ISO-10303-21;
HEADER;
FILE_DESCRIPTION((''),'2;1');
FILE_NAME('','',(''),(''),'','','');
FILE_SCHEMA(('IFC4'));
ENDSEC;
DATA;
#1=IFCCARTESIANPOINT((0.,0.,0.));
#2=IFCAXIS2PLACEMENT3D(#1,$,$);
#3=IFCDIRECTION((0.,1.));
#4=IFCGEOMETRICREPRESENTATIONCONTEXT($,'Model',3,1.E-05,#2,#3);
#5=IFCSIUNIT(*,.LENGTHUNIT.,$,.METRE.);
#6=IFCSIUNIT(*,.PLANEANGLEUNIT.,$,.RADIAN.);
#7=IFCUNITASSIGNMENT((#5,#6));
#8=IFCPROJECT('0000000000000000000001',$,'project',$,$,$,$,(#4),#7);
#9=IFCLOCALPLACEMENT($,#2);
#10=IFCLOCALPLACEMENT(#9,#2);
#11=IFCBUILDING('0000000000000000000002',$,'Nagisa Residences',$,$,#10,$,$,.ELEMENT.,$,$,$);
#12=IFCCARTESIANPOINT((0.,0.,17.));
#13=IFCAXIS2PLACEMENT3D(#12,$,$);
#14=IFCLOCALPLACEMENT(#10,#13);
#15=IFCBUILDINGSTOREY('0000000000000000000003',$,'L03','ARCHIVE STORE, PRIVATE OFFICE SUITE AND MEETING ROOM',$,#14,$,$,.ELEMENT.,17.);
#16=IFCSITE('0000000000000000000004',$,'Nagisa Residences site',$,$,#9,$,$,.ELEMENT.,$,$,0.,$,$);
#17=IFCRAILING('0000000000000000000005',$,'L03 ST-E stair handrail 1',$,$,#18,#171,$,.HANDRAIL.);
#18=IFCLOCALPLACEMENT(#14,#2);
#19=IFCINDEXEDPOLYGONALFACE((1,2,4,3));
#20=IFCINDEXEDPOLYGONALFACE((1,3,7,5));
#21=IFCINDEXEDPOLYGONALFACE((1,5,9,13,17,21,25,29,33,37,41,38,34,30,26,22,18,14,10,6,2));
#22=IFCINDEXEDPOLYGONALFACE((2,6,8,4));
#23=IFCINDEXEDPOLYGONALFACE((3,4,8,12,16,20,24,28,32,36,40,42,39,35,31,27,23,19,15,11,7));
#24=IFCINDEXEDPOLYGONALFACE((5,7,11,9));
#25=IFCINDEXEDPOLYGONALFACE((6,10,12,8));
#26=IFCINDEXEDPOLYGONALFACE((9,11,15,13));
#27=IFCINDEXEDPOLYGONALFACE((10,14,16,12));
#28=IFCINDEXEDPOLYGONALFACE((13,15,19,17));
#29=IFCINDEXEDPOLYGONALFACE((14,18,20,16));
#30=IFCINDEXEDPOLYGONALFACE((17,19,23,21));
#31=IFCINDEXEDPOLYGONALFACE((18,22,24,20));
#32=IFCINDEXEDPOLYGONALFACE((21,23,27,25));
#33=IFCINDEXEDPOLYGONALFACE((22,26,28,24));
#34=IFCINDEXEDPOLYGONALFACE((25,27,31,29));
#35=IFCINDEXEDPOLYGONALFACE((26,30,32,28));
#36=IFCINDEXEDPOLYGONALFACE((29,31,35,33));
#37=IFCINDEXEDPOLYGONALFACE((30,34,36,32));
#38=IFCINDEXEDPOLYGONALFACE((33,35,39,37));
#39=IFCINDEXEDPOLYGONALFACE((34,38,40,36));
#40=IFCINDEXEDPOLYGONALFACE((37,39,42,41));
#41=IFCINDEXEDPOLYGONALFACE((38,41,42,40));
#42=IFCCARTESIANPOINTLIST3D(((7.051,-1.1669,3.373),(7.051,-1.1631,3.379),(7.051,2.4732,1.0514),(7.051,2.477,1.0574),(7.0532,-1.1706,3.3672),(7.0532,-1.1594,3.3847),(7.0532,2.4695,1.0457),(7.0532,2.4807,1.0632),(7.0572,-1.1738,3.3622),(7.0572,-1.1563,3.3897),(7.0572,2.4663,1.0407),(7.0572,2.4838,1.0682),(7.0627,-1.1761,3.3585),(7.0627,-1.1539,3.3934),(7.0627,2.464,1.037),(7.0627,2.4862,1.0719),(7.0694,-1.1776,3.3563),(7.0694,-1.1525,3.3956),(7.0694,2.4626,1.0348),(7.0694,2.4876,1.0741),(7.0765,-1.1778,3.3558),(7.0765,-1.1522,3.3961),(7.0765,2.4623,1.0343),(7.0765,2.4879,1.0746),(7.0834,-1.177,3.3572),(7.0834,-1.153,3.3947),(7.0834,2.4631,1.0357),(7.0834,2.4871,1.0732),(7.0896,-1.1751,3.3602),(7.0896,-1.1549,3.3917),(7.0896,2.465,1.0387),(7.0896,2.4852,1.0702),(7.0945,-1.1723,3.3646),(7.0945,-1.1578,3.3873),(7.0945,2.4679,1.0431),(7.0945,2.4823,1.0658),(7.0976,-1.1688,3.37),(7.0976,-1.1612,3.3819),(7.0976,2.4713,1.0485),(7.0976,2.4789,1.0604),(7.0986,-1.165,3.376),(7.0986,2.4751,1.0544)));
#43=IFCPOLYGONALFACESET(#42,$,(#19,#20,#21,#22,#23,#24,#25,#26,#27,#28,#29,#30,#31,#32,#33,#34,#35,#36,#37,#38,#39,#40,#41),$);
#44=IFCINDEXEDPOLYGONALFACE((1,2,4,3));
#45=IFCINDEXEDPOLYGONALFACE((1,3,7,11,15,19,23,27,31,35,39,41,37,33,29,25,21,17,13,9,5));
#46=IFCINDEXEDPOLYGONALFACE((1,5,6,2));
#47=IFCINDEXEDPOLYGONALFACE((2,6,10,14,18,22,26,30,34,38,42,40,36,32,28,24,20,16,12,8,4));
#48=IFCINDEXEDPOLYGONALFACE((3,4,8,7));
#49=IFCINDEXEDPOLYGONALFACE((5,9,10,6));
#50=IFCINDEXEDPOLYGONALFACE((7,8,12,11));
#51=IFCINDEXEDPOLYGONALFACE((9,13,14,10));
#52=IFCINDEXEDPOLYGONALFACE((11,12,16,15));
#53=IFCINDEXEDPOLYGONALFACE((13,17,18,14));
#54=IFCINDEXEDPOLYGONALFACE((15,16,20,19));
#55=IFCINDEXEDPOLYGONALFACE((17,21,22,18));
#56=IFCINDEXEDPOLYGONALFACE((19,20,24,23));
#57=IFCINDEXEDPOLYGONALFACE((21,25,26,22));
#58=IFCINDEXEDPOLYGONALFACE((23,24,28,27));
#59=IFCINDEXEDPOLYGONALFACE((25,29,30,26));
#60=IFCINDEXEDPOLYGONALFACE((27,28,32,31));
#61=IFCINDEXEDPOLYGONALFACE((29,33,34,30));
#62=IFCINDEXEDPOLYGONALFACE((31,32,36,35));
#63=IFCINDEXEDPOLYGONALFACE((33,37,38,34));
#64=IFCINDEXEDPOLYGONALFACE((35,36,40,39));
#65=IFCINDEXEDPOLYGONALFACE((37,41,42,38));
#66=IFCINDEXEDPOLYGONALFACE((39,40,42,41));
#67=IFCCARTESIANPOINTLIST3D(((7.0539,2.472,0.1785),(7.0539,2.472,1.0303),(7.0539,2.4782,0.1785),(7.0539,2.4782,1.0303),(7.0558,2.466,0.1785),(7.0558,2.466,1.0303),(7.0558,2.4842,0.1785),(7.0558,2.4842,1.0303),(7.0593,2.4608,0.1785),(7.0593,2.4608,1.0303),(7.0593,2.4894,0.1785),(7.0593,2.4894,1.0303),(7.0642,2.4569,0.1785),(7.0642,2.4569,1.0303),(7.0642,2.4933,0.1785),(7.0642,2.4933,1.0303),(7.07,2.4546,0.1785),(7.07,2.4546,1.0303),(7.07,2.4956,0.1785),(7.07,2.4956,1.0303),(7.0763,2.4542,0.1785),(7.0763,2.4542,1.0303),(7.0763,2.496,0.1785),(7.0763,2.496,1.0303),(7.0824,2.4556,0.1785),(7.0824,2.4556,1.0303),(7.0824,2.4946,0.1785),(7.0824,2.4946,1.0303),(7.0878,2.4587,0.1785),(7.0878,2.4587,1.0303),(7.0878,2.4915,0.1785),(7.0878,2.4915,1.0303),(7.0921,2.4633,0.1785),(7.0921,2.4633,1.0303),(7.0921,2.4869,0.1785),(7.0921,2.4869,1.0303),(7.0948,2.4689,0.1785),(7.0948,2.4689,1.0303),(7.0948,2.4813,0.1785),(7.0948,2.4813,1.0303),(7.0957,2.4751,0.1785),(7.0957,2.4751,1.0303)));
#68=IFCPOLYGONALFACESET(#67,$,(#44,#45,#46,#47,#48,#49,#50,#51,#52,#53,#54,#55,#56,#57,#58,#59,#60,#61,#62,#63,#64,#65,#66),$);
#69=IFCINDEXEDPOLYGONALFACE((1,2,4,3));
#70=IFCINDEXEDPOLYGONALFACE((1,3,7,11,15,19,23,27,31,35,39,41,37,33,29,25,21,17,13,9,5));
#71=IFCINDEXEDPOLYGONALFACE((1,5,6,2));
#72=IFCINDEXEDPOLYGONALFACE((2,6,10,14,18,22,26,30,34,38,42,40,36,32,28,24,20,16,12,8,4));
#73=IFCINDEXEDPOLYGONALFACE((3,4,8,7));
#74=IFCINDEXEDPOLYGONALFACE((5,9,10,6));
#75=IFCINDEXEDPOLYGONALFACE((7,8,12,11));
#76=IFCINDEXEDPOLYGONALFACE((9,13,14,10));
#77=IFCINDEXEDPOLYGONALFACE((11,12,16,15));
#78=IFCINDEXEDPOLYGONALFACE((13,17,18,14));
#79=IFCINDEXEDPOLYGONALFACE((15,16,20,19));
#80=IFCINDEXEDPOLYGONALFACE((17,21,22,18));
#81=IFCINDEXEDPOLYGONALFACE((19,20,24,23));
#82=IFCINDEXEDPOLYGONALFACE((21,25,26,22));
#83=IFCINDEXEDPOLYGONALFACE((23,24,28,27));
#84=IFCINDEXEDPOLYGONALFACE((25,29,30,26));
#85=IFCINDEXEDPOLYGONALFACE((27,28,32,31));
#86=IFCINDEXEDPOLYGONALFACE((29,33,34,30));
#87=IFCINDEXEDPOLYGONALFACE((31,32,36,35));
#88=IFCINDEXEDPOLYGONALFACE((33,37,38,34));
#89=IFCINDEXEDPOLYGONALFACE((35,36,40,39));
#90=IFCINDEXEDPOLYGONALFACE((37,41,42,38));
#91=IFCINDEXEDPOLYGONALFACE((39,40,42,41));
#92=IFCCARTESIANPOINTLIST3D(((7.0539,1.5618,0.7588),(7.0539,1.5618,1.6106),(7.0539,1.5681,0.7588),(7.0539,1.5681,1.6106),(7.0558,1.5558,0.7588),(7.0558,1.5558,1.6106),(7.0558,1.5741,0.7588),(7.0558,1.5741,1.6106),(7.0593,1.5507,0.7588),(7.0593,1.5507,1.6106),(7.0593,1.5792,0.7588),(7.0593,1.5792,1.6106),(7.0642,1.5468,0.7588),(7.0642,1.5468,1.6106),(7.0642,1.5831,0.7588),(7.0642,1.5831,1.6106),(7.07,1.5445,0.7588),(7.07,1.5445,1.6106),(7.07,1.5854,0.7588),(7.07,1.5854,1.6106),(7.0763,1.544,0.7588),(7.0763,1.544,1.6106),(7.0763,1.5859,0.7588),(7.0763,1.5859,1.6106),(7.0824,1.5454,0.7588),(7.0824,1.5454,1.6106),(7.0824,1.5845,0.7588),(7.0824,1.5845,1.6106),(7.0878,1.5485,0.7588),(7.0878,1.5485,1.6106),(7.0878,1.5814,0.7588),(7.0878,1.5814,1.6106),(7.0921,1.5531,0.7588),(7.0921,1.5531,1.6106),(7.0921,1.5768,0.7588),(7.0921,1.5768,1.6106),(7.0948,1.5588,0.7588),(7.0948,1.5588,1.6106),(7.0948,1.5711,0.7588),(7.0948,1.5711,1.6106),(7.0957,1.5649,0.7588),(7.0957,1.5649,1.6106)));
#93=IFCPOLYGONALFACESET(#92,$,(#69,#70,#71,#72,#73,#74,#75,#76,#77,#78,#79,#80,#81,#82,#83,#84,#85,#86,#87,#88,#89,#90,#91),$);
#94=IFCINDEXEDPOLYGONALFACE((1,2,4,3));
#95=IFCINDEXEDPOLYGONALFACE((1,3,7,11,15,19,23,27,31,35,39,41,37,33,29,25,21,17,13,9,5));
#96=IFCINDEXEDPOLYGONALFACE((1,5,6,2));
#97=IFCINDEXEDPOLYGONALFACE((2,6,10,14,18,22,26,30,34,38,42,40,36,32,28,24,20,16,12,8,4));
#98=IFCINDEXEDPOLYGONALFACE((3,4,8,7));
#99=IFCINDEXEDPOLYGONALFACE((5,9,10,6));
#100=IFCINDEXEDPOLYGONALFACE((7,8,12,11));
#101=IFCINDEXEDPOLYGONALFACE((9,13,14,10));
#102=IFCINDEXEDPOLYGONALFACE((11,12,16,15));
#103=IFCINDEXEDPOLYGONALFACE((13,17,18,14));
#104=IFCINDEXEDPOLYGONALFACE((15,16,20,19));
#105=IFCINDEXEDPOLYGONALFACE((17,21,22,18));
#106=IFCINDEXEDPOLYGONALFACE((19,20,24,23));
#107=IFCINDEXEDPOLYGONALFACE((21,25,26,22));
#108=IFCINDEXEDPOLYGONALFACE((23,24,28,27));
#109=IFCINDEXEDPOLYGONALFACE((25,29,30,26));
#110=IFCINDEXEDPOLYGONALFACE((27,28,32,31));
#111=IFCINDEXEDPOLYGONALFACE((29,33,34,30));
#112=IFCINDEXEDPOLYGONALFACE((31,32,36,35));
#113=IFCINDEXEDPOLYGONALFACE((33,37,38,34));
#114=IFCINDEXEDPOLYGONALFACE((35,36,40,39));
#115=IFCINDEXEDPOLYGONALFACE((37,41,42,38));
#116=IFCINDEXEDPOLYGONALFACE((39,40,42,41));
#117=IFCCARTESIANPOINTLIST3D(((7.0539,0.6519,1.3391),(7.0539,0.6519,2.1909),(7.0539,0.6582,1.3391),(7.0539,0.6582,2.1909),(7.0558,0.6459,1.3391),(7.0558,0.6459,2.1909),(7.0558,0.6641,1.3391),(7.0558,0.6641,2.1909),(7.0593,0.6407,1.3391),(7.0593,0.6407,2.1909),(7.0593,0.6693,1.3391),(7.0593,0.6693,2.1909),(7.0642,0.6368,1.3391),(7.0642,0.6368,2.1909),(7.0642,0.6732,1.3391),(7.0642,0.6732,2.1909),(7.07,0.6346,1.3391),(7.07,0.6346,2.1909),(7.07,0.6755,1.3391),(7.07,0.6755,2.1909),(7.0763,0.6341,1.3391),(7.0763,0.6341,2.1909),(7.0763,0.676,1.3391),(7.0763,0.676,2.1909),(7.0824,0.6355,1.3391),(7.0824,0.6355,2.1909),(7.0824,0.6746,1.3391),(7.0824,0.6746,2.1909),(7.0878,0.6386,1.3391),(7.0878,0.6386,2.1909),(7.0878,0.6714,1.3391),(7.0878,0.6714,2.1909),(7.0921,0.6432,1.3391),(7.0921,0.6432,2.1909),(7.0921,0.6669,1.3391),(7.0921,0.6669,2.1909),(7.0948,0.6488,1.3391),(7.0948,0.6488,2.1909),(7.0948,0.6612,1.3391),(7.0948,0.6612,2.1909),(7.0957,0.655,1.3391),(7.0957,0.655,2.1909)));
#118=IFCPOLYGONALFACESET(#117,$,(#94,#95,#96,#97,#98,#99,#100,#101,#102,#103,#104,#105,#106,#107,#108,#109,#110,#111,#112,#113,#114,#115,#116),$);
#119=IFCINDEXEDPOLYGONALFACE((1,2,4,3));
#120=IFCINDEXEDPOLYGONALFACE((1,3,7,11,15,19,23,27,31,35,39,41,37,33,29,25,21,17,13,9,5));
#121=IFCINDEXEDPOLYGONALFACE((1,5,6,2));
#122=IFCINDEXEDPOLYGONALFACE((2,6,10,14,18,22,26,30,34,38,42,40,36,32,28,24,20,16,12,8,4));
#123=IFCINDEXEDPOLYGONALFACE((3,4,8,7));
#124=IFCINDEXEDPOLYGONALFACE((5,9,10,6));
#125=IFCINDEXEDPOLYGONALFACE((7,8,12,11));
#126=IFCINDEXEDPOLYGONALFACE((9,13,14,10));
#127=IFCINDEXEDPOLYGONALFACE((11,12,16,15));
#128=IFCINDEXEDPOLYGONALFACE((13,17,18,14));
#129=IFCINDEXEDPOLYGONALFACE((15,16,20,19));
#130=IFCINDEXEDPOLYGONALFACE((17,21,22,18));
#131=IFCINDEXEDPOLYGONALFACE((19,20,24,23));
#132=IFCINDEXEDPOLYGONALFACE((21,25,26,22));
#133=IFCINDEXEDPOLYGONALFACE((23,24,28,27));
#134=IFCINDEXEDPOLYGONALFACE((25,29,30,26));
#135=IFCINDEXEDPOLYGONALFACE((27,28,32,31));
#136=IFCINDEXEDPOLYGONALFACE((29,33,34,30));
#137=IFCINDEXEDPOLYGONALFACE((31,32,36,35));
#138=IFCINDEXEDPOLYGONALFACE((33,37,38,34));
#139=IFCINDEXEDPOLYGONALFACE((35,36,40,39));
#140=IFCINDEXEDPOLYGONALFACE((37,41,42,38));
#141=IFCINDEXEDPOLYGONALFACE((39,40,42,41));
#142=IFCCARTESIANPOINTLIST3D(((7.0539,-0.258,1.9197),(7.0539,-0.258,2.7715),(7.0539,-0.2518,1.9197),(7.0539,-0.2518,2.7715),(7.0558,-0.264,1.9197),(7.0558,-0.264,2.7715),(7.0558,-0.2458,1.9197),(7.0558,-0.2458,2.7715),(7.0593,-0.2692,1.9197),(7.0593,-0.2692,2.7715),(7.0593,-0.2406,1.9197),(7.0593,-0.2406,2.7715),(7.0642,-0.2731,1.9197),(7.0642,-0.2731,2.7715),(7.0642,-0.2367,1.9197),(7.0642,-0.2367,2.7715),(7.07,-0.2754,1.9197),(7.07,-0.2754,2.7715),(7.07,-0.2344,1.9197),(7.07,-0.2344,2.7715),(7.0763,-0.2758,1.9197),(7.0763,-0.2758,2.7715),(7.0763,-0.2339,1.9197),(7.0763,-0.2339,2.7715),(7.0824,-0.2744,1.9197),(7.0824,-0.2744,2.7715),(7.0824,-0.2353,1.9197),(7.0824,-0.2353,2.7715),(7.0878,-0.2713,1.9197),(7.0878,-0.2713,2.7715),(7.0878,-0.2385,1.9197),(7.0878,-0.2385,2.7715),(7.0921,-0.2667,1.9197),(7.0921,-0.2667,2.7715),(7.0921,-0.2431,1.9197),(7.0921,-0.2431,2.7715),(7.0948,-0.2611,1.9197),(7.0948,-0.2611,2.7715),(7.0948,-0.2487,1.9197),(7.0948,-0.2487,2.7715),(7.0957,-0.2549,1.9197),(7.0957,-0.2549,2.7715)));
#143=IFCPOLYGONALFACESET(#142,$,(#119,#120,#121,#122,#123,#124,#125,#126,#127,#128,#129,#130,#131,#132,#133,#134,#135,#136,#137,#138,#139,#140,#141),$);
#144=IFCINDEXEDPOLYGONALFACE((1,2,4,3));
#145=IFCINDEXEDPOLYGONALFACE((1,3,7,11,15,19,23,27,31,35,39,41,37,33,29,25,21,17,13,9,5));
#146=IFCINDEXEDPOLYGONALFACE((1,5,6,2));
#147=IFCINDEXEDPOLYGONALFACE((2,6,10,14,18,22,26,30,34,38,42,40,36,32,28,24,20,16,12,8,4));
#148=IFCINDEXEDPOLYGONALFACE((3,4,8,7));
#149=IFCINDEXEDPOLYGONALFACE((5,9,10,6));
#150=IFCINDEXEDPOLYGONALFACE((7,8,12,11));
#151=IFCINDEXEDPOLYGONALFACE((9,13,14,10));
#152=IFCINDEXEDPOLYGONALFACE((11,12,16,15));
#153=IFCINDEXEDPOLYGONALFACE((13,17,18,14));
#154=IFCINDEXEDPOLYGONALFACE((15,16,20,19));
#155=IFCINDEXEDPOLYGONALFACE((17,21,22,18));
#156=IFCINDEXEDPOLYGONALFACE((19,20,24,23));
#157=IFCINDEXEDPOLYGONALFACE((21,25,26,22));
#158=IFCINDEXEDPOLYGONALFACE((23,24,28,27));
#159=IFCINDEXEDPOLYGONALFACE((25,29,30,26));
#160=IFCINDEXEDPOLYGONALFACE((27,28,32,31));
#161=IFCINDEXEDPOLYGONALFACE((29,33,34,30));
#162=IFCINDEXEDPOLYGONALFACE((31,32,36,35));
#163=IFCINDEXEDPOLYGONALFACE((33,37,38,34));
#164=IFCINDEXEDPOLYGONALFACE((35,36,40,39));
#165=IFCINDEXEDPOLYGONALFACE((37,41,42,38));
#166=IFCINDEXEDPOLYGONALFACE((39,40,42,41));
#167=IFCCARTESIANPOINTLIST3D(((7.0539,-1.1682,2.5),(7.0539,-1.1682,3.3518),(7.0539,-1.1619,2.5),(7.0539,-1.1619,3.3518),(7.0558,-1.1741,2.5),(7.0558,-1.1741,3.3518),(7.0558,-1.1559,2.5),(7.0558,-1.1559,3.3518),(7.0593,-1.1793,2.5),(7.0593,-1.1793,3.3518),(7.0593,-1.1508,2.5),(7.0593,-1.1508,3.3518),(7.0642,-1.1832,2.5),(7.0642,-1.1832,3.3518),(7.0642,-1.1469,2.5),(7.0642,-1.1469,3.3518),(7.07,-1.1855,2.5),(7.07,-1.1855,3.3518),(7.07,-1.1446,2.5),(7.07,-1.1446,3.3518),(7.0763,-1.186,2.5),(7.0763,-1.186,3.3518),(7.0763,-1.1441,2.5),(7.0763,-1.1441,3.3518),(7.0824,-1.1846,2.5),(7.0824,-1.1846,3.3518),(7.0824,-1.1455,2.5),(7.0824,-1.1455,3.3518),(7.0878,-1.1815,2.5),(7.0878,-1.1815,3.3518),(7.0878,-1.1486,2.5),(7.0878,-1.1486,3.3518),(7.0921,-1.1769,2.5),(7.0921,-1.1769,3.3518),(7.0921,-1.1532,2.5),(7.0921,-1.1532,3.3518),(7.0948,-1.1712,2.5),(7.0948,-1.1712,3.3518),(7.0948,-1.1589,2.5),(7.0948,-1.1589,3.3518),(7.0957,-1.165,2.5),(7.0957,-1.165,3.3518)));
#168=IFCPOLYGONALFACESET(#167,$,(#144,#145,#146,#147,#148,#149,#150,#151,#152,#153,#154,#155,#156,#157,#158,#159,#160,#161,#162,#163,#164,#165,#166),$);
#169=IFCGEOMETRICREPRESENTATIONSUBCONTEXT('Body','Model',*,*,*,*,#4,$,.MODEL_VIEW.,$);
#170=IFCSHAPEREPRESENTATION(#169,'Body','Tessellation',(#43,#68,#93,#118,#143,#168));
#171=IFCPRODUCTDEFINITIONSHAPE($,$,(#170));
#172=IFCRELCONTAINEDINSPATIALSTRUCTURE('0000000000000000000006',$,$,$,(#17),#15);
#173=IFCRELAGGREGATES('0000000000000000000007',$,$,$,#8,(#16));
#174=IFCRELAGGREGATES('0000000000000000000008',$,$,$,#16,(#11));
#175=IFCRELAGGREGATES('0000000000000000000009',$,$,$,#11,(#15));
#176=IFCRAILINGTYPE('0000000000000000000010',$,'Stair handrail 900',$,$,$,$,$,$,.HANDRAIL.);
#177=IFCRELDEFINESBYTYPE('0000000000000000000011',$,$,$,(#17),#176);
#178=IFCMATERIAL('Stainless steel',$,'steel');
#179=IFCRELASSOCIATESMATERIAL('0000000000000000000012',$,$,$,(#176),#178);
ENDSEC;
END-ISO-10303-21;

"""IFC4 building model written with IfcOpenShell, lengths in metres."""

from ifc_helpers import new_model, si_unit, direction, frame, origin, origin_2d, place, context, subcontext, project, spatial, circle, extrude, material, type_object, element, save


model = new_model("IFC4")

# Units and contexts
model_context = context("Model", 3, precision=1e-05, world=origin(), true_north=direction((0.0, 1.0)))
body_context = subcontext(model_context, "Body", "Model", "MODEL_VIEW")
ifc_project = project(units=[si_unit("LENGTHUNIT", "METRE"), si_unit("PLANEANGLEUNIT", "RADIAN")], contexts=[model_context])

# Site, building, storey
site_placement = place(None, origin())
site = spatial("IfcSite", under=ifc_project, at=site_placement, Name="Nagisa Residences site", CompositionType="ELEMENT", RefElevation=0.0)
building_placement = place(site_placement, origin())
building = spatial("IfcBuilding", under=site, at=building_placement, Name="Nagisa Residences", CompositionType="ELEMENT")
storey_placement = place(building_placement, frame((0.0, 0.0, 17.0)))
storey = spatial("IfcBuildingStorey", under=building, at=storey_placement, Name="L03", Description="ARCHIVE STORE, PRIVATE OFFICE SUITE AND MEETING ROOM", CompositionType="ELEMENT", Elevation=17.0)

# Railing
ifc_material_1 = material(Name="Stainless steel", Category="steel")
railing_type_1 = type_object("IfcRailingType", Name="Stair handrail 900", PredefinedType="HANDRAIL", material=ifc_material_1)
railing_1_placement = place(storey_placement, frame((7.0747, 2.4751, 0.1785)))
element("IfcRailing", 1, at=railing_1_placement, inside=storey, type_object=railing_type_1, Name="L03 ST-E stair handrail 1", PredefinedType="HANDRAIL", context=body_context, shape_type="SweptSolid", body=[
    extrude(circle(Radius=0.0239, at=origin_2d()), frame((0.0, 0.0, 0.876), z_axis=(0.0, -0.843128, 0.537713), x_axis=(1.0, 0.0, 0.0)), (0.0, 0.0, 1.0), 4.3174),
    extrude(circle(Radius=0.021, at=origin_2d()), origin(), (0.0, 0.0, 1.0), 0.8518),
    extrude(circle(Radius=0.021, at=origin_2d()), frame((0.0, -0.9102, 0.5803)), (0.0, 0.0, 1.0), 0.8518),
    extrude(circle(Radius=0.021, at=origin_2d()), frame((0.0, -1.8201, 1.1606)), (0.0, 0.0, 1.0), 0.8518),
    extrude(circle(Radius=0.021, at=origin_2d()), frame((0.0, -2.73, 1.7412)), (0.0, 0.0, 1.0), 0.8518),
    extrude(circle(Radius=0.021, at=origin_2d()), frame((0.0, -3.6401, 2.3215)), (0.0, 0.0, 1.0), 0.8518),
])

save(model, "model.ifc")
